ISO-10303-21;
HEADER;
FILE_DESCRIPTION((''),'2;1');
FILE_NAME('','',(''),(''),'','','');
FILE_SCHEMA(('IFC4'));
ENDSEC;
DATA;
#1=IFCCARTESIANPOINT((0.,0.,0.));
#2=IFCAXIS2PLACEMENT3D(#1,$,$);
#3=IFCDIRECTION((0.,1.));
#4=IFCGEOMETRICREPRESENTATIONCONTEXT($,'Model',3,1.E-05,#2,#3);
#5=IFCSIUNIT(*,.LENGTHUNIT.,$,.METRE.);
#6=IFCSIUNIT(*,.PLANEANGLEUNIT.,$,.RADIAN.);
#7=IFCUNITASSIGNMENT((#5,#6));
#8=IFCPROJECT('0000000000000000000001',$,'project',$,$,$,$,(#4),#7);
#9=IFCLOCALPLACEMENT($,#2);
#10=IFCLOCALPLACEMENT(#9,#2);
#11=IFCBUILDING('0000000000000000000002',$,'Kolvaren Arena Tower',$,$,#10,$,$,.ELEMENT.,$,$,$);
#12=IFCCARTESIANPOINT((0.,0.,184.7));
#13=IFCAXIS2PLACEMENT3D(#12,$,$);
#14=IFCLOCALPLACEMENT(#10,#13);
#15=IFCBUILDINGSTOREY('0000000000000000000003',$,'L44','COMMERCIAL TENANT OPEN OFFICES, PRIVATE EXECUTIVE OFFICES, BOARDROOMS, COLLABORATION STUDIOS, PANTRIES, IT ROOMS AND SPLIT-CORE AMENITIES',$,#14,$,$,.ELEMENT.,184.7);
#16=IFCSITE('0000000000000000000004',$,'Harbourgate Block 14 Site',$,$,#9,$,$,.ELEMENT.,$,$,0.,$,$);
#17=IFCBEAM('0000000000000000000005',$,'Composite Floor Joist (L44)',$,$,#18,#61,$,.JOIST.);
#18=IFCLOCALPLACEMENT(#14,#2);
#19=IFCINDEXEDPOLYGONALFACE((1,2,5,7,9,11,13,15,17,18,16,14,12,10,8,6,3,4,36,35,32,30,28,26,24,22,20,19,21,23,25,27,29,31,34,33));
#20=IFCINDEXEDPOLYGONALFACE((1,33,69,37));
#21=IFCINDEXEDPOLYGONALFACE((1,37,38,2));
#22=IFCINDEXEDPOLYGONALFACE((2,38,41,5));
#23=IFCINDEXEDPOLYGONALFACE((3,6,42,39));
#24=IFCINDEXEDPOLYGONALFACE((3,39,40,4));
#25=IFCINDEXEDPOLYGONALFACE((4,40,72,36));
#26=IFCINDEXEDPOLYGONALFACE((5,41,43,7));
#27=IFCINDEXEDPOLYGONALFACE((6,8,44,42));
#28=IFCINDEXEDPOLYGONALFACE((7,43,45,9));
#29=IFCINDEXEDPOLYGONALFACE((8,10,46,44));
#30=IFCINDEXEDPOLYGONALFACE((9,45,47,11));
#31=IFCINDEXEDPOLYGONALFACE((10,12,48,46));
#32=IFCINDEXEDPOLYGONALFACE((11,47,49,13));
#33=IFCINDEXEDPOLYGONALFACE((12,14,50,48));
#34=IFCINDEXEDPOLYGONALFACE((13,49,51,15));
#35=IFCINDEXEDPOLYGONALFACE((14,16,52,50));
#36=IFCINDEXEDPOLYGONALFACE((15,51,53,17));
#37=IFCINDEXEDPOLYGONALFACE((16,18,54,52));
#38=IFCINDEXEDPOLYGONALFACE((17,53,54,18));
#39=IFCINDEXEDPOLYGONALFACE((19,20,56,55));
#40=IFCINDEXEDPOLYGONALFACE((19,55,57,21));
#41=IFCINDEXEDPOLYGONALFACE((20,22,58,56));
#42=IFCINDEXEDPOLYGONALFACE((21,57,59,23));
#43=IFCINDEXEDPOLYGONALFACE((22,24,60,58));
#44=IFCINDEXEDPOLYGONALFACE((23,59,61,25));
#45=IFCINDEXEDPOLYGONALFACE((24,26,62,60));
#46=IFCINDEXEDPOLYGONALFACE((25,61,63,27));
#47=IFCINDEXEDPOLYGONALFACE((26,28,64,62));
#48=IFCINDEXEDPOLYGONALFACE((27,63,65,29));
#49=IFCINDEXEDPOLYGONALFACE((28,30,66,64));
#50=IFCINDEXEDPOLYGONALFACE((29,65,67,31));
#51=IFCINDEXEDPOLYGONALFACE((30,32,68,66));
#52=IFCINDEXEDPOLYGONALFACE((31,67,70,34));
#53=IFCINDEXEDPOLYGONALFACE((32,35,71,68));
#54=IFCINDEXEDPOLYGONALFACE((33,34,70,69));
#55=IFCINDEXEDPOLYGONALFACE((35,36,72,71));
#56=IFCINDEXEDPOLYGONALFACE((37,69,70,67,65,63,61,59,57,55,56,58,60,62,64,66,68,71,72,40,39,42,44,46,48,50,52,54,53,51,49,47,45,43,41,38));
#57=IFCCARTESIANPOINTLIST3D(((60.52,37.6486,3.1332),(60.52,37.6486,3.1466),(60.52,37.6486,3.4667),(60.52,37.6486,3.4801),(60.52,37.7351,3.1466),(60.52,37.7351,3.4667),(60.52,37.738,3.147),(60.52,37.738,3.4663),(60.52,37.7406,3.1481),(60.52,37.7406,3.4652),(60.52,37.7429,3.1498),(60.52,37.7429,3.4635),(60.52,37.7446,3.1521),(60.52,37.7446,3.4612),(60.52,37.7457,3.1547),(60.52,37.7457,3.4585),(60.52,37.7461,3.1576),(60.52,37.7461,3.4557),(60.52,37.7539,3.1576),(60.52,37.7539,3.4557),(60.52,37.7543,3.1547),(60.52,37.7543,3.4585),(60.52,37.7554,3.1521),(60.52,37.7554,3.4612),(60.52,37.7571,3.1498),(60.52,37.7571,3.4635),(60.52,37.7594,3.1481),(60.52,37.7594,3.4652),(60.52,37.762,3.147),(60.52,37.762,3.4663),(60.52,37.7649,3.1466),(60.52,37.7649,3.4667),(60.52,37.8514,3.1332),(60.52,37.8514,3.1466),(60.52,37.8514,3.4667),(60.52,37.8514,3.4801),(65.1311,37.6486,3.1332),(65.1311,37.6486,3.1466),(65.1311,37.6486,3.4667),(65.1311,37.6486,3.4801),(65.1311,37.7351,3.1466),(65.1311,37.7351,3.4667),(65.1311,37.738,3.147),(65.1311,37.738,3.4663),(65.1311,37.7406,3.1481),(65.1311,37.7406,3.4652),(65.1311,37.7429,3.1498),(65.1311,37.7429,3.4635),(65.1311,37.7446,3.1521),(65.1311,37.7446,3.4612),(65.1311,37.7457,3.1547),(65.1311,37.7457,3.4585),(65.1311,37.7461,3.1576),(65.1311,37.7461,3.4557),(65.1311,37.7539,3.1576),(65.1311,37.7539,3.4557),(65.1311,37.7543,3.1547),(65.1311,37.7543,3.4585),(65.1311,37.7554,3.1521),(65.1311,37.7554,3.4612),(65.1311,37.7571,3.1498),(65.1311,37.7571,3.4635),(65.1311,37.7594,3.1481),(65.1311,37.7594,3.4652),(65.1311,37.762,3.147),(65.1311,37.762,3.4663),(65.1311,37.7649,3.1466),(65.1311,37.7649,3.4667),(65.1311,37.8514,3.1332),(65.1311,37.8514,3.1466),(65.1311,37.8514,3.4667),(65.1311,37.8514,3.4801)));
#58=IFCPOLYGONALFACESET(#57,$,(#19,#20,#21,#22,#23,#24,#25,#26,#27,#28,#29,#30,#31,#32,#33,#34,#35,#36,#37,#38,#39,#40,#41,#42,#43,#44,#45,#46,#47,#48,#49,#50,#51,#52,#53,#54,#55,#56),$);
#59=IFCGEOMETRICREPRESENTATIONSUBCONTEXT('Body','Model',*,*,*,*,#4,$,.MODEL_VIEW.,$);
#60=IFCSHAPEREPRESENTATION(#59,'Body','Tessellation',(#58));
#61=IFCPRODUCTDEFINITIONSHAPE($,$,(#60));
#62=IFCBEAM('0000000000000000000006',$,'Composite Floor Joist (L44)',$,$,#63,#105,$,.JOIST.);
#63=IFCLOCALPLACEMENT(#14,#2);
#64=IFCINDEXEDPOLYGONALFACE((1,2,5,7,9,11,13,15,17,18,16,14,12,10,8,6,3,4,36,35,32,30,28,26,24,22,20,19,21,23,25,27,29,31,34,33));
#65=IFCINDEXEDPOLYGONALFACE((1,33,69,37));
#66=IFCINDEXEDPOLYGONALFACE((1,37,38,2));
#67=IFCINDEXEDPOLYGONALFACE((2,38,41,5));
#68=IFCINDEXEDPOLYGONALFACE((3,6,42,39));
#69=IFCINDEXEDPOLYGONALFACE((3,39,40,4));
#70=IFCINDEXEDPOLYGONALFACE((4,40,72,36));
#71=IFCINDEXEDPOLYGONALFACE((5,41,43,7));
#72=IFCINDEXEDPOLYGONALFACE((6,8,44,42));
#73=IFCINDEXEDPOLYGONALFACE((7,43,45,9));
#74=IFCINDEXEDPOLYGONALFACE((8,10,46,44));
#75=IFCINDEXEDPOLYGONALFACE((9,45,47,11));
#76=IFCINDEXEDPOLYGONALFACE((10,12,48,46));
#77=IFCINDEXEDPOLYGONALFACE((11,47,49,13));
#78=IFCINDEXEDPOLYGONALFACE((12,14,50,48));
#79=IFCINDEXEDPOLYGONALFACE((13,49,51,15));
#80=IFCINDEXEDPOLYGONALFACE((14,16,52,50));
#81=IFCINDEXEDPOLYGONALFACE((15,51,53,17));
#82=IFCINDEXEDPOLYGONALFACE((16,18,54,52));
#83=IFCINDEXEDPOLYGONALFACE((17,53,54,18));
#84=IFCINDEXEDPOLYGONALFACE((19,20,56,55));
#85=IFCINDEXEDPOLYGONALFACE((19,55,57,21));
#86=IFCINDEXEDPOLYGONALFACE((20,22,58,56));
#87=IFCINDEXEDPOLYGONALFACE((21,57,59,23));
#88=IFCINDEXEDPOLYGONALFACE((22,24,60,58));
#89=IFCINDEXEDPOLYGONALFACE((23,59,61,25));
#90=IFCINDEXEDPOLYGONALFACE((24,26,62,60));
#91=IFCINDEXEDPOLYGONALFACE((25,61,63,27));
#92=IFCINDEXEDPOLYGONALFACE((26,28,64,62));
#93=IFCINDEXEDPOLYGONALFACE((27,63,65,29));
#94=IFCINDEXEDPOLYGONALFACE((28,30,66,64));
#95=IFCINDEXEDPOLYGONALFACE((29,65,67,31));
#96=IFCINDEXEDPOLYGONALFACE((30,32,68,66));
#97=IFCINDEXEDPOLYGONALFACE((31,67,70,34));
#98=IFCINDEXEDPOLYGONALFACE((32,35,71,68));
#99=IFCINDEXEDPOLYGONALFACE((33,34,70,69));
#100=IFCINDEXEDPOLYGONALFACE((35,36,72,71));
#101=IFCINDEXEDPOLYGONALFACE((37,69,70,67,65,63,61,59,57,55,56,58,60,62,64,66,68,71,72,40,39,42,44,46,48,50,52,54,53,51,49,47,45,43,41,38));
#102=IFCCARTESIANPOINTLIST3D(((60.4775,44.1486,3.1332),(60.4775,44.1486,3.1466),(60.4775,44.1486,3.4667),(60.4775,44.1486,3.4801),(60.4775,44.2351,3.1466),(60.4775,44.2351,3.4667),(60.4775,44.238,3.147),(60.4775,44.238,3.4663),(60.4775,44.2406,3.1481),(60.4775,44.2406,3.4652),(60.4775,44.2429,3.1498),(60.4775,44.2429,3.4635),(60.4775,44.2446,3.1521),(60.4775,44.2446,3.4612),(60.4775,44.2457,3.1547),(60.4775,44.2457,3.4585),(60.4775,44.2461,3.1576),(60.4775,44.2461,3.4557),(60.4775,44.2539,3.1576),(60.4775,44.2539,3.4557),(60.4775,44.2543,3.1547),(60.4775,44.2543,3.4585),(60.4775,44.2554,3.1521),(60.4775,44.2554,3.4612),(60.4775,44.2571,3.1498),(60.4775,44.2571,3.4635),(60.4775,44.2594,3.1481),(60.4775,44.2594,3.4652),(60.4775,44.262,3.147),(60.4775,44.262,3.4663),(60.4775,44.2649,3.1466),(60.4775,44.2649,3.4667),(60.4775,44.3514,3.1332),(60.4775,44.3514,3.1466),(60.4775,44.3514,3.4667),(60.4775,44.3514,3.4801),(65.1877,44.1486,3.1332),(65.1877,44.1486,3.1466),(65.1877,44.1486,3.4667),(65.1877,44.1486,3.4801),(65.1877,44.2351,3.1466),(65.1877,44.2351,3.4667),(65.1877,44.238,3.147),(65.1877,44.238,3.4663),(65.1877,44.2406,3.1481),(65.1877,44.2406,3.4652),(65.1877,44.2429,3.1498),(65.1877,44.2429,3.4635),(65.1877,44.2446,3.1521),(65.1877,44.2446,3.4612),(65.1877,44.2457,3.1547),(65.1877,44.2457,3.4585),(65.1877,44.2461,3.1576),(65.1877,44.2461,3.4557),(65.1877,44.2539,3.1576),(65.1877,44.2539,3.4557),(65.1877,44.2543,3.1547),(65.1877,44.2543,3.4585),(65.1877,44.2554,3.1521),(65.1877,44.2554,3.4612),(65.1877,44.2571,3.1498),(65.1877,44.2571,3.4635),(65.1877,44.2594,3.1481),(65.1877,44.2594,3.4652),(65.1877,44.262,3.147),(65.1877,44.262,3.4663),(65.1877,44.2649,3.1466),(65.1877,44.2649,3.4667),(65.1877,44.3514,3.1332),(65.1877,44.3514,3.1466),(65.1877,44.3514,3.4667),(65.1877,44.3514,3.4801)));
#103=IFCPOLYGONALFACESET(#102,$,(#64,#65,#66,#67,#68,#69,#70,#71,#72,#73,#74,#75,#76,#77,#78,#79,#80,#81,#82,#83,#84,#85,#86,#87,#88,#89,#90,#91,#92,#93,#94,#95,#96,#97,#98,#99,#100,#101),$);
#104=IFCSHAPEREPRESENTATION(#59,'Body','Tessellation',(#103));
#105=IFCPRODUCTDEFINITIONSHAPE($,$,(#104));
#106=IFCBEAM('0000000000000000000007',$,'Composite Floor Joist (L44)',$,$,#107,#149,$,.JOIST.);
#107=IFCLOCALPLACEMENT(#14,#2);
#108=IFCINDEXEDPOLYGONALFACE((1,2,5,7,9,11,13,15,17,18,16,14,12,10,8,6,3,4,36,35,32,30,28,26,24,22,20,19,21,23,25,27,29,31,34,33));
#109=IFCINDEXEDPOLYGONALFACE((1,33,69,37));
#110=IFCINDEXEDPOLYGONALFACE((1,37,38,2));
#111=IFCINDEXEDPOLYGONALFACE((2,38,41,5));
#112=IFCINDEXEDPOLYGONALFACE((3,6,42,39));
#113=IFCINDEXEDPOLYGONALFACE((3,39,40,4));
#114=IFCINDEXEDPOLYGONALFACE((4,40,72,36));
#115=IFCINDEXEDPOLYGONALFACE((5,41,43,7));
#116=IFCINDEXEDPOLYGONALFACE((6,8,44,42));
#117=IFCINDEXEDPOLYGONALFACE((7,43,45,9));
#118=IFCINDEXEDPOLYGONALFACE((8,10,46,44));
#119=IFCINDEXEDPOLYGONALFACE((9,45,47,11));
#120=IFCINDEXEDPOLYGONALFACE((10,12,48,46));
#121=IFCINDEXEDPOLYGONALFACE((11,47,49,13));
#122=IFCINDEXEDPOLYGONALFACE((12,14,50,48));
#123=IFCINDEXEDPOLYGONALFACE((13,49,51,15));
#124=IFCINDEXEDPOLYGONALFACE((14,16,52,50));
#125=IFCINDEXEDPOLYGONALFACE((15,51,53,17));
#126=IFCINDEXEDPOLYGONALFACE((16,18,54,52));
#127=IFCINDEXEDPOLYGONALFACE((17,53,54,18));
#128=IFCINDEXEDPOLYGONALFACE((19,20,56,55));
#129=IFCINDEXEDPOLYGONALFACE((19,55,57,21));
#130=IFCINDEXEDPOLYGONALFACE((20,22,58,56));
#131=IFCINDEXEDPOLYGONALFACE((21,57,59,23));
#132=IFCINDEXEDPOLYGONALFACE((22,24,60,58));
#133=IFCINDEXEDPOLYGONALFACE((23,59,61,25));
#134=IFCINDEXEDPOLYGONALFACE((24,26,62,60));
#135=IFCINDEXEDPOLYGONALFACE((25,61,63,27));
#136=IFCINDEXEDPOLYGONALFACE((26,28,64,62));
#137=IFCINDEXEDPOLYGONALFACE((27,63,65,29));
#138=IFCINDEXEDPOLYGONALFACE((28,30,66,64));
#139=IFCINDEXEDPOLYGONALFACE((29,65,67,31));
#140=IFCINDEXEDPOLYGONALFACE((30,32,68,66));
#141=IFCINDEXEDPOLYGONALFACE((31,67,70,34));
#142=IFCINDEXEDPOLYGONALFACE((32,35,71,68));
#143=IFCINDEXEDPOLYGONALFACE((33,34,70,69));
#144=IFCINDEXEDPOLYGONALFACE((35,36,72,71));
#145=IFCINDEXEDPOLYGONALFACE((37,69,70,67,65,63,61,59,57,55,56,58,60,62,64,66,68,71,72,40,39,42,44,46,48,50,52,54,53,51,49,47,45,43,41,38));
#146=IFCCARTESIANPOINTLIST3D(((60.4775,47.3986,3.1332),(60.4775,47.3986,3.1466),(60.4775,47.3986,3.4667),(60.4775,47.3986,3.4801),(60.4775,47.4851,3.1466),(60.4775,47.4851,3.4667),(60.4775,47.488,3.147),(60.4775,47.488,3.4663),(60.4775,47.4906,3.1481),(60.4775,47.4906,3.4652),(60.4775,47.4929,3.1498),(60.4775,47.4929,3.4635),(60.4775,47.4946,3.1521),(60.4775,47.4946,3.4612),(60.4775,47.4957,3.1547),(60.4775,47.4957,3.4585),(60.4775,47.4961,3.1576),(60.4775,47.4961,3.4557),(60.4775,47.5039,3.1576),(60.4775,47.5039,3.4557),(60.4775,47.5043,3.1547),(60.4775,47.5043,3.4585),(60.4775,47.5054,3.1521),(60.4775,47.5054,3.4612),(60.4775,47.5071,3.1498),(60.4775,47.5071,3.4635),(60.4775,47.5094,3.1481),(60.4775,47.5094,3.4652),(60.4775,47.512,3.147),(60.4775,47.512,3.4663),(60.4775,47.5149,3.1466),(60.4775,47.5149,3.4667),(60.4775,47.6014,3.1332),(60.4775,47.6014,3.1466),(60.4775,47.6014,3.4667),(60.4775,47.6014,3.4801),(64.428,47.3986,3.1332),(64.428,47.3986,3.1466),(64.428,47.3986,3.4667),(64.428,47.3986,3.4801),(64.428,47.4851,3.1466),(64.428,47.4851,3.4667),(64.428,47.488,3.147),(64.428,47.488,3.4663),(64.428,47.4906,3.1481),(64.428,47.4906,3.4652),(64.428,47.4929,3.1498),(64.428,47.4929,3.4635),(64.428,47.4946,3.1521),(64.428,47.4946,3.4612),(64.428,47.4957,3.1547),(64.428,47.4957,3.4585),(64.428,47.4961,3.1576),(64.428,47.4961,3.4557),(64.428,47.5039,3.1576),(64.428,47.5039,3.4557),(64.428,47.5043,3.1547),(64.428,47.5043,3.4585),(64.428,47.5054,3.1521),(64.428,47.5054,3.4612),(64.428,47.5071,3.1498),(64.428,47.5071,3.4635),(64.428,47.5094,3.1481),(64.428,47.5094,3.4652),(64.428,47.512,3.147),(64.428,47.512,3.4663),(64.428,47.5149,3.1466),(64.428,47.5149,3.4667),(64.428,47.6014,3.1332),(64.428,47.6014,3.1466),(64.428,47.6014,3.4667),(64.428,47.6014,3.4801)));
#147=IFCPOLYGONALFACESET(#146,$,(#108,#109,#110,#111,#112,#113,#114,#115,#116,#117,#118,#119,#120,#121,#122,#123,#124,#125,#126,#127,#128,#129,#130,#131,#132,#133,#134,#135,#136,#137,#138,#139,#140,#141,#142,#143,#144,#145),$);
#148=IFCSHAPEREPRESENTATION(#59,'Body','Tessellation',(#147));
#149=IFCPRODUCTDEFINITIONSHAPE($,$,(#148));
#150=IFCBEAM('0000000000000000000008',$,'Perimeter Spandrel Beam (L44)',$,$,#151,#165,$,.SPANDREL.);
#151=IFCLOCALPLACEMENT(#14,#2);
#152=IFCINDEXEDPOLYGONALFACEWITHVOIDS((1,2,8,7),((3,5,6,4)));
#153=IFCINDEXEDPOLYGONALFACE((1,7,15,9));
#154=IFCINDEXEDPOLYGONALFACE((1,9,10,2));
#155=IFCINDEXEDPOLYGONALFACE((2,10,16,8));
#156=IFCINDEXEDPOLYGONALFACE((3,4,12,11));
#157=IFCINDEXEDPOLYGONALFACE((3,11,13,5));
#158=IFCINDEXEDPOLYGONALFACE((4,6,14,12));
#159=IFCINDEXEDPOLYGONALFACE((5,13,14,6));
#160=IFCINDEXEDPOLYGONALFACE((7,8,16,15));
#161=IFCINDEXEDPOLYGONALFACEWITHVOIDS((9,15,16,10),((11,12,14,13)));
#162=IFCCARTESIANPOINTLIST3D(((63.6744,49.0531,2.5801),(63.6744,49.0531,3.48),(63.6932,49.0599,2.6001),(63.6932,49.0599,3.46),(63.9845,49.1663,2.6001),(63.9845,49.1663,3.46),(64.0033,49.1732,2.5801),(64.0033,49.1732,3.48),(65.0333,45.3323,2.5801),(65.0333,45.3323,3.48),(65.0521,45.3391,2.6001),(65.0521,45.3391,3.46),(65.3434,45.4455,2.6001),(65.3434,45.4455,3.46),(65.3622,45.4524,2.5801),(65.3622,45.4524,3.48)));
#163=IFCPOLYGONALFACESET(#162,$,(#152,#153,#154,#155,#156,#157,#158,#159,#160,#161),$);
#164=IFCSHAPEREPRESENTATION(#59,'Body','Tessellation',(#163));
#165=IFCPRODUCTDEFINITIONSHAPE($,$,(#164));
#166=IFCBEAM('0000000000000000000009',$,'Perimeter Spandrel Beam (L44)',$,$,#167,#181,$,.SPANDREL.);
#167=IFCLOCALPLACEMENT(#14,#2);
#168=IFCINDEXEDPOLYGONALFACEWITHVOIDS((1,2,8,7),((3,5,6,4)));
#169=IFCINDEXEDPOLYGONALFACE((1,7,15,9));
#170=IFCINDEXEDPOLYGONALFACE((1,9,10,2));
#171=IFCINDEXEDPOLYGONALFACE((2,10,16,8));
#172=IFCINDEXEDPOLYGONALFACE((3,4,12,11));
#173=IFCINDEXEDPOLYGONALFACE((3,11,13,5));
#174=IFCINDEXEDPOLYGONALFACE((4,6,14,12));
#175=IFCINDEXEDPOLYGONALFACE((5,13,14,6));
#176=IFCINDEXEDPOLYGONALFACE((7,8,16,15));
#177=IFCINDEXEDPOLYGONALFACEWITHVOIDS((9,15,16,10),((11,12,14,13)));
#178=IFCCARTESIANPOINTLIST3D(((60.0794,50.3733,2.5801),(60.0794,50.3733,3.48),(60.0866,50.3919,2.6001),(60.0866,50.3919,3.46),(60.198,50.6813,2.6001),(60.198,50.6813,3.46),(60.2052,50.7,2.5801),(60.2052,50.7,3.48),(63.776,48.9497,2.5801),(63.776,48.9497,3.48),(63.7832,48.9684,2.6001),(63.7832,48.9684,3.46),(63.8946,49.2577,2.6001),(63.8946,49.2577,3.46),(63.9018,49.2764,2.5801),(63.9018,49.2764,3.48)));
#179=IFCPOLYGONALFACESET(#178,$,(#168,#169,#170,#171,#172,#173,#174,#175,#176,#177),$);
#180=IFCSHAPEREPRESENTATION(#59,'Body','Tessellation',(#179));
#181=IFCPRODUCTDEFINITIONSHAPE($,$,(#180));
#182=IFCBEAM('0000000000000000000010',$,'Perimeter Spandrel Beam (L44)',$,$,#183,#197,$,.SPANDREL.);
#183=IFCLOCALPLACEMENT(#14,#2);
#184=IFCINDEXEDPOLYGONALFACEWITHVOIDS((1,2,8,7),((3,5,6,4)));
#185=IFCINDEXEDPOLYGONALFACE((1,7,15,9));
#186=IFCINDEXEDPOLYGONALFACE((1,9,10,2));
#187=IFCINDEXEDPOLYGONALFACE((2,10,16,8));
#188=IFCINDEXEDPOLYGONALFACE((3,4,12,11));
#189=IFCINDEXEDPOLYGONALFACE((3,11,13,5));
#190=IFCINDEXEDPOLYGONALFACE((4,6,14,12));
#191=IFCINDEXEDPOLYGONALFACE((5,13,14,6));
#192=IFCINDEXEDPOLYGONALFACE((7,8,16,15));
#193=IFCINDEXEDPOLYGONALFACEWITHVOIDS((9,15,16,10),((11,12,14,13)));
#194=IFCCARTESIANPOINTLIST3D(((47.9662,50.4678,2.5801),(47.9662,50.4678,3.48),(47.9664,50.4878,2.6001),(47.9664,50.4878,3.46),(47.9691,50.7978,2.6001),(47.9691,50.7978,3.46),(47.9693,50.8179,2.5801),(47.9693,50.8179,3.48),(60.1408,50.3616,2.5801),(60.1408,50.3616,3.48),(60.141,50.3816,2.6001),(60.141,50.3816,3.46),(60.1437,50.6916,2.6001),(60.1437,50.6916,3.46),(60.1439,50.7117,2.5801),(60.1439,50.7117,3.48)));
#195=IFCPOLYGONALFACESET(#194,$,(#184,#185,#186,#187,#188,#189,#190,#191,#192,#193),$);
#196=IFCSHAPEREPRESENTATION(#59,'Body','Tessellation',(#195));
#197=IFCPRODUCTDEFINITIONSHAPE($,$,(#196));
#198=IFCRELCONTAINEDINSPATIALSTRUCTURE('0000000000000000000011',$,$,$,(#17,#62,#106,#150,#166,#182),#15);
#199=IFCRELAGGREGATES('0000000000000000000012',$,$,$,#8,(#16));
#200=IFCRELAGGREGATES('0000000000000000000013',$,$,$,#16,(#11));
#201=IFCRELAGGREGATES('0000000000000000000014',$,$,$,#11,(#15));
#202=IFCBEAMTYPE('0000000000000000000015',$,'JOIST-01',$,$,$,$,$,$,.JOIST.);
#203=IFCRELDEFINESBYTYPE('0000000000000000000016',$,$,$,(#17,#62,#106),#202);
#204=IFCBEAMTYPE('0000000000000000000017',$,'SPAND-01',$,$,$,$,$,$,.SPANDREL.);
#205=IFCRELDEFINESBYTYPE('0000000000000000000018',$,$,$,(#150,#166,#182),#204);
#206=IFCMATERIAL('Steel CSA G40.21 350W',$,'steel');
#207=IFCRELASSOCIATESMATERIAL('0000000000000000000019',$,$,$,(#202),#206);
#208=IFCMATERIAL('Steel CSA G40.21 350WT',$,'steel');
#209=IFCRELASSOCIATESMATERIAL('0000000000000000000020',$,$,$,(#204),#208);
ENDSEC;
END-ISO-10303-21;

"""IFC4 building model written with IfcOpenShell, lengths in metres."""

from ifc_helpers import new_model, si_unit, direction, frame, origin, origin_2d, place, context, subcontext, project, spatial, hollow_rectangle, i_section, extrude, material, material_profile, profile_set, type_object, element, save


model = new_model("IFC4")

# Units and contexts
model_context = context("Model", 3, precision=1e-05, world=origin(), true_north=direction((0.0, 1.0)))
body_context = subcontext(model_context, "Body", "Model", "MODEL_VIEW")
ifc_project = project(units=[si_unit("LENGTHUNIT", "METRE"), si_unit("PLANEANGLEUNIT", "RADIAN")], contexts=[model_context])

# Site, building, storey
site_placement = place(None, origin())
site = spatial("IfcSite", under=ifc_project, at=site_placement, Name="Harbourgate Block 14 Site", CompositionType="ELEMENT", RefElevation=0.0)
building_placement = place(site_placement, origin())
building = spatial("IfcBuilding", under=site, at=building_placement, Name="Kolvaren Arena Tower", CompositionType="ELEMENT")
storey_placement = place(building_placement, frame((0.0, 0.0, 184.7)))
storey = spatial("IfcBuildingStorey", under=building, at=storey_placement, Name="L44", Description="COMMERCIAL TENANT OPEN OFFICES, PRIVATE EXECUTIVE OFFICES, BOARDROOMS, COLLABORATION STUDIOS, PANTRIES, IT ROOMS AND SPLIT-CORE AMENITIES", CompositionType="ELEMENT", Elevation=184.7)

# Beams
ifc_material_1 = material(Name="Steel CSA G40.21 350W", Category="steel")
ifc_material_profile_1 = material_profile(ifc_material_1, i_section(OverallWidth=0.2029, OverallDepth=0.3469, WebThickness=0.0078, FlangeThickness=0.0134, FilletRadius=0.011, at=origin_2d()), Name="W360x64")
ifc_profile_set_1 = profile_set([ifc_material_profile_1], Name="Steel CSA G40.21 350W")
beam_type_1 = type_object("IfcBeamType", Name="JOIST-01", PredefinedType="JOIST", material=ifc_profile_set_1)
beam_1_placement = place(storey_placement, frame((60.52, 37.75, 3.3066), z_axis=(1.0, 0.0, 0.0), x_axis=(0.0, 1.0, 0.0)))
element("IfcBeam", 1, at=beam_1_placement, inside=storey, type_object=beam_type_1, Name="Composite Floor Joist (L44)", PredefinedType="JOIST", context=body_context, shape_type="SweptSolid", body=[
    extrude(i_section(OverallWidth=0.2029, OverallDepth=0.3469, WebThickness=0.0078, FlangeThickness=0.0134, FilletRadius=0.011, at=origin_2d()), origin(), (0.0, 0.0, 1.0), 4.6111),
])
beam_2_placement = place(storey_placement, frame((60.4775, 44.25, 3.3066), z_axis=(1.0, 0.0, 0.0), x_axis=(0.0, 1.0, 0.0)))
element("IfcBeam", 2, at=beam_2_placement, inside=storey, type_object=beam_type_1, Name="Composite Floor Joist (L44)", PredefinedType="JOIST", context=body_context, shape_type="SweptSolid", body=[
    extrude(i_section(OverallWidth=0.2029, OverallDepth=0.3469, WebThickness=0.0078, FlangeThickness=0.0134, FilletRadius=0.011, at=origin_2d()), origin(), (0.0, 0.0, 1.0), 4.7102),
])
beam_3_placement = place(storey_placement, frame((60.4775, 47.5, 3.3066), z_axis=(1.0, 0.0, 0.0), x_axis=(0.0, 1.0, 0.0)))
element("IfcBeam", 3, at=beam_3_placement, inside=storey, type_object=beam_type_1, Name="Composite Floor Joist (L44)", PredefinedType="JOIST", context=body_context, shape_type="SweptSolid", body=[
    extrude(i_section(OverallWidth=0.2029, OverallDepth=0.3469, WebThickness=0.0078, FlangeThickness=0.0134, FilletRadius=0.011, at=origin_2d()), origin(), (0.0, 0.0, 1.0), 3.9504),
])
ifc_material_2 = material(Name="Steel CSA G40.21 350WT", Category="steel")
ifc_material_profile_2 = material_profile(ifc_material_2, hollow_rectangle(XDim=0.3501, YDim=0.8999, WallThickness=0.02, at=origin_2d()), Name="HSS 900x350x20")
ifc_profile_set_2 = profile_set([ifc_material_profile_2], Name="Steel CSA G40.21 350WT")
beam_type_2 = type_object("IfcBeamType", Name="SPAND-01", PredefinedType="SPANDREL", material=ifc_profile_set_2)
for number, where, z_axis, x_axis, name in (
    (4, (65.1978, 45.3923, 3.03), (-0.343059, 0.939314, 0.0), (-0.939314, -0.343059, 0.0), "Perimeter Spandrel Beam (L44)"),
    (5, (63.8389, 49.113, 3.03), (-0.93319, 0.359384, 0.0), (-0.359384, -0.93319, 0.0), "Perimeter Spandrel Beam (L44)"),
):
    element("IfcBeam", number, at=place(storey_placement, frame(where, z_axis=z_axis, x_axis=x_axis)), inside=storey, type_object=beam_type_2, Name=name, PredefinedType="SPANDREL", context=body_context, shape_type="SweptSolid", body=[
        extrude(hollow_rectangle(XDim=0.3501, YDim=0.8999, WallThickness=0.02, at=origin_2d()), origin(), (0.0, 0.0, 1.0), 3.9612),
    ])
beam_4_placement = place(storey_placement, frame((60.1423, 50.5366, 3.03), z_axis=(-0.999962, 0.008723, 0.0), x_axis=(-0.008723, -0.999962, 0.0)))
element("IfcBeam", 6, at=beam_4_placement, inside=storey, type_object=beam_type_2, Name="Perimeter Spandrel Beam (L44)", PredefinedType="SPANDREL", context=body_context, shape_type="SweptSolid", body=[
    extrude(hollow_rectangle(XDim=0.3501, YDim=0.8999, WallThickness=0.02, at=origin_2d()), origin(), (0.0, 0.0, 1.0), 12.175),
])

save(model, "model.ifc")
